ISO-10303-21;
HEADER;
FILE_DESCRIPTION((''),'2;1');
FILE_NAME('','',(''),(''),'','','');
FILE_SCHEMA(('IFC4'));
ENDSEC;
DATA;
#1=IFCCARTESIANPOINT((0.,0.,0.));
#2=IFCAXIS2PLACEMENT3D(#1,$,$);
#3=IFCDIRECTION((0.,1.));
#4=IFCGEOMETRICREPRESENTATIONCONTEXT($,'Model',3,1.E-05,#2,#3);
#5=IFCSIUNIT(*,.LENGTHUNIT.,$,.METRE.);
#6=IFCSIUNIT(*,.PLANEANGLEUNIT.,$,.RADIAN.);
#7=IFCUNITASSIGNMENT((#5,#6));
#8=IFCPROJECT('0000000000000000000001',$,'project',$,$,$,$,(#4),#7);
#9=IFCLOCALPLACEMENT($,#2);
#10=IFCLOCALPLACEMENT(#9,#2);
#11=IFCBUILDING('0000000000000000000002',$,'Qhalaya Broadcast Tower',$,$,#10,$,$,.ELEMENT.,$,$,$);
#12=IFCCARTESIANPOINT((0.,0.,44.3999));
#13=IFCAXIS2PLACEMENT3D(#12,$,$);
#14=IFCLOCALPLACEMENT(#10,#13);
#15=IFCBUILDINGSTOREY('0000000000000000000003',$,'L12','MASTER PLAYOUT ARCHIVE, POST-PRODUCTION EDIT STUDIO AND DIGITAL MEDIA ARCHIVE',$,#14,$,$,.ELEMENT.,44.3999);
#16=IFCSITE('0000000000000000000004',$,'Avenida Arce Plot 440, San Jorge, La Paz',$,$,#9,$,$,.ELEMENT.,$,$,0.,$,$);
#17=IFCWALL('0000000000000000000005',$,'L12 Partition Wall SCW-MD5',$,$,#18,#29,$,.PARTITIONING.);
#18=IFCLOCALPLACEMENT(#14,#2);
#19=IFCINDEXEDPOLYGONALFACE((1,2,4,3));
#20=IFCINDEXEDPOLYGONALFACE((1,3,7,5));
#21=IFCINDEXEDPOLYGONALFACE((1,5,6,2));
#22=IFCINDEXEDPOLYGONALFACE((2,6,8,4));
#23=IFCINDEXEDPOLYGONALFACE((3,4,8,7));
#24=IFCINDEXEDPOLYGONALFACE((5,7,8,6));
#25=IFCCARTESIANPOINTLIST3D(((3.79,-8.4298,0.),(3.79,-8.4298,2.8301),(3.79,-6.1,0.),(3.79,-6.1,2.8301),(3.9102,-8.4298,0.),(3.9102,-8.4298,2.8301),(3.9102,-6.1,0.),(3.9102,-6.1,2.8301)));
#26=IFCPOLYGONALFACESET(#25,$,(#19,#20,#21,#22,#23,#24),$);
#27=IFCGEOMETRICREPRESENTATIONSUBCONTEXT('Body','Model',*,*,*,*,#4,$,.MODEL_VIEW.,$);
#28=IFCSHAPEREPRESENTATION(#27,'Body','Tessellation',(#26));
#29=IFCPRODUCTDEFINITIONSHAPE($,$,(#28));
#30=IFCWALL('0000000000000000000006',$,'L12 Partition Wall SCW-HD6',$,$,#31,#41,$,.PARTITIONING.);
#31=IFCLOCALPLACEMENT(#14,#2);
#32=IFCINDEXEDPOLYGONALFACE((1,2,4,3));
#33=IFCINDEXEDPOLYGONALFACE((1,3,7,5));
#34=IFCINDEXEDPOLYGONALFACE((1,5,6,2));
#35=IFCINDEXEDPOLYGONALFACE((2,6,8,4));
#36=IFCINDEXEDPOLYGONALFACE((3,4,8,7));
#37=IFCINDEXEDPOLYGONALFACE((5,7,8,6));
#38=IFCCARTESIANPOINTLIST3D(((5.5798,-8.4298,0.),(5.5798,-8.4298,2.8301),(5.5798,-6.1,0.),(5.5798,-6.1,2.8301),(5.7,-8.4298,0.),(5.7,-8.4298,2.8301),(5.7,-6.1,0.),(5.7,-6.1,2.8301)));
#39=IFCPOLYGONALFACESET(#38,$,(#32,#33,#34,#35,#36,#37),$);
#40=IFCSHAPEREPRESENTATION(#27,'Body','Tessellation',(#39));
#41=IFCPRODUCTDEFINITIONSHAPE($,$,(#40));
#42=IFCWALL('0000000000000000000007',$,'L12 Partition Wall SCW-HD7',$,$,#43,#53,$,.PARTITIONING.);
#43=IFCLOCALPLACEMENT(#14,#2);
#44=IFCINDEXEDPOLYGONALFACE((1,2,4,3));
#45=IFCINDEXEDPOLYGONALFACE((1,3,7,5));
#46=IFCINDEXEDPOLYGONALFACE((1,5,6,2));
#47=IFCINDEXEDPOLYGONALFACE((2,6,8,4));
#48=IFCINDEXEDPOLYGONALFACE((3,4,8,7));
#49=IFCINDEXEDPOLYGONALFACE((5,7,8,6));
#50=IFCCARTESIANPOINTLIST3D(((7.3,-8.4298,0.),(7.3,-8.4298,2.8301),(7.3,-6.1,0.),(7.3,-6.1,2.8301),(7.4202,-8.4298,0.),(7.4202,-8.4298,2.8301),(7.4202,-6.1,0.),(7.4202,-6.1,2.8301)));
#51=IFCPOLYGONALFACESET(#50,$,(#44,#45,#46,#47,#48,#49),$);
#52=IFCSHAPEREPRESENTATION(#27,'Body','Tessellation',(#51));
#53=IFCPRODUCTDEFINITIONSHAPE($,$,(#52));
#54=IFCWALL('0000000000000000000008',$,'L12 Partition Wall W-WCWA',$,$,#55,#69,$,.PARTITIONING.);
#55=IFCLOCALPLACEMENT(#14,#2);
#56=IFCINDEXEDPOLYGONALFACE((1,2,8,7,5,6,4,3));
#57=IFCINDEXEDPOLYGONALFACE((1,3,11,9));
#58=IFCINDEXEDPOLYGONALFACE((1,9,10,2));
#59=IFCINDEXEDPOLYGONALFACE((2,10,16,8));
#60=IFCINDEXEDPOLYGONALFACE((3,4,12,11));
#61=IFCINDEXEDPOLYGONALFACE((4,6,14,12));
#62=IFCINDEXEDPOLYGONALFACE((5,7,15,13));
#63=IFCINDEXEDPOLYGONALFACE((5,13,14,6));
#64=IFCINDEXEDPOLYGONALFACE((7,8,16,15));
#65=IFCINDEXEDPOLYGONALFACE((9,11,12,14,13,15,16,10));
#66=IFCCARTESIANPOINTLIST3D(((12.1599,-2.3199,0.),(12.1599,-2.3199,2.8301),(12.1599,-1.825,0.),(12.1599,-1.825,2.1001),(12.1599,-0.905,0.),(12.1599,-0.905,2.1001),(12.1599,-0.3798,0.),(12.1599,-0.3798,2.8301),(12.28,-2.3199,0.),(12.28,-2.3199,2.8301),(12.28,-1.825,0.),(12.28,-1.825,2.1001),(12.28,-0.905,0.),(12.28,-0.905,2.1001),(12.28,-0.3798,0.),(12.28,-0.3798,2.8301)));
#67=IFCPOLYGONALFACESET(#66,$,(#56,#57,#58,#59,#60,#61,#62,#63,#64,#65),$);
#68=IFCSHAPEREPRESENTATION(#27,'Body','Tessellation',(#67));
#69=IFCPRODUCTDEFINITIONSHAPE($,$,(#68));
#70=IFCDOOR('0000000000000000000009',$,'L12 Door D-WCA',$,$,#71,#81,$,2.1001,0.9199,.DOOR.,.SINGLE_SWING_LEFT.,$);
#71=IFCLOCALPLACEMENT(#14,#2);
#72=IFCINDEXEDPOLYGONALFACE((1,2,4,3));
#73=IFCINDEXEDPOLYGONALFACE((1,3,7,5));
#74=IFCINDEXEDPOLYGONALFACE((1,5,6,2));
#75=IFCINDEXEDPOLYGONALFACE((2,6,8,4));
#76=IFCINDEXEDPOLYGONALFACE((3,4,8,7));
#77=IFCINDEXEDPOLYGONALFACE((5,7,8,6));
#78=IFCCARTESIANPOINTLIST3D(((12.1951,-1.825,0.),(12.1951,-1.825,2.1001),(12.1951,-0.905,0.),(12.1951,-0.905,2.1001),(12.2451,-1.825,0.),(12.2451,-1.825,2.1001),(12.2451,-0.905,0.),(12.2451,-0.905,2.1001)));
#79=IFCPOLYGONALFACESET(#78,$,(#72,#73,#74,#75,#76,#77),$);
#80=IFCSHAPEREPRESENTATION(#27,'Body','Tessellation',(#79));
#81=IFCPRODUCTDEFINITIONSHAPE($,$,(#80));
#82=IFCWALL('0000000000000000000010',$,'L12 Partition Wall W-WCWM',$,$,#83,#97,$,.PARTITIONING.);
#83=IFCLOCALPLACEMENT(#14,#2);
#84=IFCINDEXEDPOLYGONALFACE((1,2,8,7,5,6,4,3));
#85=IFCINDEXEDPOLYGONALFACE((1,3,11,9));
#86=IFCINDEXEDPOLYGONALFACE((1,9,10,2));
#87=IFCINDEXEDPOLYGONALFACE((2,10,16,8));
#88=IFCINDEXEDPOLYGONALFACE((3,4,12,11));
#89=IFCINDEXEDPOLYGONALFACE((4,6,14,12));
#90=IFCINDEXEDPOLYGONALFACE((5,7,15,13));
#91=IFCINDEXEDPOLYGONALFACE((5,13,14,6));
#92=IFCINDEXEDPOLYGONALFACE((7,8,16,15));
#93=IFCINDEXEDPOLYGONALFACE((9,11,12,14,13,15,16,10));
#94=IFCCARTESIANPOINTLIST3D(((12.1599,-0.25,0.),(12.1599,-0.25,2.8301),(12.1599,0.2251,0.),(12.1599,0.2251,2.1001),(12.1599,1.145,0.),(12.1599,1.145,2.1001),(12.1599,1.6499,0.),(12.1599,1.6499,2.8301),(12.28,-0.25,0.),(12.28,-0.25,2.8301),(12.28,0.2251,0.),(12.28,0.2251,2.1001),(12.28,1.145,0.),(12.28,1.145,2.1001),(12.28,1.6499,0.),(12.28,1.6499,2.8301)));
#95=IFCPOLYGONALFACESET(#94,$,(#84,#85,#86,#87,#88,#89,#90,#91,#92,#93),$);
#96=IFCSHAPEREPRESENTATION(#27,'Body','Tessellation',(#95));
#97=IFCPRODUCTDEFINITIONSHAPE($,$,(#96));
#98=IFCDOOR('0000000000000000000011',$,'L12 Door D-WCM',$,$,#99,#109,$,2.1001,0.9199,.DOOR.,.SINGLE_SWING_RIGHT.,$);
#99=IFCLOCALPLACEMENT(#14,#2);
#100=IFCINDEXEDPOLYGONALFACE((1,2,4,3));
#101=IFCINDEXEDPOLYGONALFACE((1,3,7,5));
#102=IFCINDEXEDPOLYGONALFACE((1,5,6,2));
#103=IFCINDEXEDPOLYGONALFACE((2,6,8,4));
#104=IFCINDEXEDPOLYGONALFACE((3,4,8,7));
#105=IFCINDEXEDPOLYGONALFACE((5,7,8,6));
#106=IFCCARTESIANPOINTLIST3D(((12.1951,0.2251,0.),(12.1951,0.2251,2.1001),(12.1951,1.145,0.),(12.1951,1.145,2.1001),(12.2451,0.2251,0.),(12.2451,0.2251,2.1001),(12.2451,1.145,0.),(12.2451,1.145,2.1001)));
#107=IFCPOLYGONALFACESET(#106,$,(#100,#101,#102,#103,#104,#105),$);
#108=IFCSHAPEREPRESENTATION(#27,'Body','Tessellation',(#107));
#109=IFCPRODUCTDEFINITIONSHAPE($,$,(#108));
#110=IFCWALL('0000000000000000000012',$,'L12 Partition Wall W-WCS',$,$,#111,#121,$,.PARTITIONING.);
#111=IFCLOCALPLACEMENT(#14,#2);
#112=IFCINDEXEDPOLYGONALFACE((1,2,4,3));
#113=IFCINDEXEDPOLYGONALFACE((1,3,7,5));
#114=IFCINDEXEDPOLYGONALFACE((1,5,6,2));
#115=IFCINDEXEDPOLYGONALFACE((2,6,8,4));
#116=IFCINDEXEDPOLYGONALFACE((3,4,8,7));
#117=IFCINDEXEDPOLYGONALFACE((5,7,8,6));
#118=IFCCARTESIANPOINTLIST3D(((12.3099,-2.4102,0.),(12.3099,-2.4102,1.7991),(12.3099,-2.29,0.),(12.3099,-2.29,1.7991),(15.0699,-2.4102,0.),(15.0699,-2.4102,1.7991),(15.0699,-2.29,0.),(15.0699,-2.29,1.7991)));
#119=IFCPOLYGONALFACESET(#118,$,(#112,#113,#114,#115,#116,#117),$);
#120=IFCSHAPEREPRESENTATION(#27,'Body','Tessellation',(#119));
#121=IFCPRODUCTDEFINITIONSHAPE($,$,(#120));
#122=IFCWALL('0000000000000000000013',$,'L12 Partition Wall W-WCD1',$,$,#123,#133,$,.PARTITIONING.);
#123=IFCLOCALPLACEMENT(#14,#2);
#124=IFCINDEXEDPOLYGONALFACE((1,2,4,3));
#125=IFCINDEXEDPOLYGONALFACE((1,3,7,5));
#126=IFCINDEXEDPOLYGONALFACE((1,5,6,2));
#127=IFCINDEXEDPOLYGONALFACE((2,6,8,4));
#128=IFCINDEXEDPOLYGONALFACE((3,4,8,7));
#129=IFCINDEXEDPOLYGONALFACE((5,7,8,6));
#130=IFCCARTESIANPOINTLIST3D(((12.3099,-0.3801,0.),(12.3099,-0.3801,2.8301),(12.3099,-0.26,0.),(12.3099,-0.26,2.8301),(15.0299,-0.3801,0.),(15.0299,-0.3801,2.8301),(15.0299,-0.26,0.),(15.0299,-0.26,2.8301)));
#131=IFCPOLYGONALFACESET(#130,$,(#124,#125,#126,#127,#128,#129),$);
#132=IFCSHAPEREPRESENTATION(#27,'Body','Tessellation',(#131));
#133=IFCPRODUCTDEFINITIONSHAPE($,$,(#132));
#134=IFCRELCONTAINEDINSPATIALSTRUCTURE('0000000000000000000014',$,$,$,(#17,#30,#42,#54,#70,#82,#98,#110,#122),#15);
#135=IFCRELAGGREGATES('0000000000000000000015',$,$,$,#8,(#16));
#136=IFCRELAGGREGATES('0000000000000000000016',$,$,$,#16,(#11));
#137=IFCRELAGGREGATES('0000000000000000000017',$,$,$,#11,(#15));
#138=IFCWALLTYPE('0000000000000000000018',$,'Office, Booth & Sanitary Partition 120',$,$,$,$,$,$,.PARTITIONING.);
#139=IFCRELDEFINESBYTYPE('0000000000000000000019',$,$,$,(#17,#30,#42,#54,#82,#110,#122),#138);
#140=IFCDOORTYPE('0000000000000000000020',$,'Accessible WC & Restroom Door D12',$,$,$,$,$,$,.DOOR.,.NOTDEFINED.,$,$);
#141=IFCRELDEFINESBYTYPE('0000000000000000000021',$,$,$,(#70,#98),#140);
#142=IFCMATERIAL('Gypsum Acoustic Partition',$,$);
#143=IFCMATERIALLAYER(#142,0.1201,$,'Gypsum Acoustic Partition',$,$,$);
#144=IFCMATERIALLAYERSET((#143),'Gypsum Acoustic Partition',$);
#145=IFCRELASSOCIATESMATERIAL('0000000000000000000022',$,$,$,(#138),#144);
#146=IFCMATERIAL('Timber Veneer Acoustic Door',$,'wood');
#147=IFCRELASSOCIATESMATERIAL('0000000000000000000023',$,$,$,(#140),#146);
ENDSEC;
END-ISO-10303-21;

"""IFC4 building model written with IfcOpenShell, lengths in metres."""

from ifc_helpers import new_model, si_unit, direction, frame, frame_2d, origin, place, context, subcontext, project, spatial, rectangle, extrude, material, layer, layer_set, type_object, element, fill, save


model = new_model("IFC4")

# Units and contexts
model_context = context("Model", 3, precision=1e-05, world=origin(), true_north=direction((0.0, 1.0)))
body_context = subcontext(model_context, "Body", "Model", "MODEL_VIEW")
ifc_project = project(units=[si_unit("LENGTHUNIT", "METRE"), si_unit("PLANEANGLEUNIT", "RADIAN")], contexts=[model_context])

# Site, building, storey
site_placement = place(None, origin())
site = spatial("IfcSite", under=ifc_project, at=site_placement, Name="Avenida Arce Plot 440, San Jorge, La Paz", CompositionType="ELEMENT", RefElevation=0.0)
building_placement = place(site_placement, origin())
building = spatial("IfcBuilding", under=site, at=building_placement, Name="Qhalaya Broadcast Tower", CompositionType="ELEMENT")
storey_placement = place(building_placement, frame((0.0, 0.0, 44.3999)))
storey = spatial("IfcBuildingStorey", under=building, at=storey_placement, Name="L12", Description="MASTER PLAYOUT ARCHIVE, POST-PRODUCTION EDIT STUDIO AND DIGITAL MEDIA ARCHIVE", CompositionType="ELEMENT", Elevation=44.3999)

# Shared definitions
ifc_material_1 = material(Name="Gypsum Acoustic Partition")
ifc_material_2 = material(Name="Timber Veneer Acoustic Door", Category="wood")

# Walls
ifc_layer_1 = layer(ifc_material_1, 0.1201, Name="Gypsum Acoustic Partition")
ifc_layer_set_1 = layer_set([ifc_layer_1], Name="Gypsum Acoustic Partition")
wall_type_1 = type_object("IfcWallType", Name="Office, Booth & Sanitary Partition 120", PredefinedType="PARTITIONING", material=ifc_layer_set_1)
for number, where, z_axis, x_axis, name in (
    (1, (3.8501, -8.4299, 0.0), (0.0, 0.0, 1.0), (0.0, 1.0, 0.0), "L12 Partition Wall SCW-MD5"),
    (2, (5.6399, -8.4299, 0.0), (0.0, 0.0, 1.0), (0.0, 1.0, 0.0), "L12 Partition Wall SCW-HD6"),
    (3, (7.3601, -8.4299, 0.0), (0.0, 0.0, 1.0), (0.0, 1.0, 0.0), "L12 Partition Wall SCW-HD7"),
):
    element("IfcWall", number, at=place(storey_placement, frame(where, z_axis=z_axis, x_axis=x_axis)), inside=storey, type_object=wall_type_1, Name=name, PredefinedType="PARTITIONING", context=body_context, shape_type="SweptSolid", body=[
        extrude(rectangle(XDim=2.3298, YDim=0.1201, at=frame_2d((1.165, 0.0))), origin(), (0.0, 0.0, 1.0), 2.8301),
    ])

# Walls, openings, doors
wall_1_placement = place(storey_placement, frame((12.22, -2.3201, 0.0), z_axis=(0.0, 0.0, 1.0), x_axis=(0.0, 1.0, 0.0)))
wall_1 = element("IfcWall", 4, at=wall_1_placement, inside=storey, type_object=wall_type_1, Name="L12 Partition Wall W-WCWA", PredefinedType="PARTITIONING", context=body_context, shape_type="SweptSolid", body=[
    extrude(rectangle(XDim=1.9402, YDim=0.1201, at=frame_2d((0.9702, 0.0))), origin(), (0.0, 0.0, 1.0), 2.8301),
])
opening_1_placement = place(wall_1_placement, frame((0.4951, 0.0, 0.0)))
opening_1 = element("IfcOpeningElement", 5, at=opening_1_placement, cuts=wall_1, PredefinedType="OPENING", context=body_context, shape_type="SweptSolid", body=[
    extrude(rectangle(XDim=0.9199, YDim=2.1001, at=frame_2d((0.46, 1.05))), frame((0.0, 0.072, 0.0), z_axis=(0.0, -1.0, 0.0), x_axis=(1.0, 0.0, 0.0)), (0.0, 0.0, 1.0), 0.144),
])
door_type_1 = type_object("IfcDoorType", Name="Accessible WC & Restroom Door D12", OperationType="NOTDEFINED", PredefinedType="DOOR", material=ifc_material_2)
door_1_placement = place(opening_1_placement, origin())
door_1 = element("IfcDoor", 6, at=door_1_placement, inside=storey, type_object=door_type_1, Name="L12 Door D-WCA", OperationType="SINGLE_SWING_LEFT", OverallHeight=2.1001, OverallWidth=0.9199, PredefinedType="DOOR", context=body_context, shape_type="SweptSolid", body=[
    extrude(rectangle(XDim=0.9199, YDim=2.1001, at=frame_2d((0.46, 1.05))), frame((0.0, 0.0249, 0.0), z_axis=(0.0, -1.0, 0.0), x_axis=(1.0, 0.0, 0.0)), (0.0, 0.0, 1.0), 0.05),
])
fill(opening_1, door_1)
wall_2_placement = place(storey_placement, frame((12.22, -0.25, 0.0), z_axis=(0.0, 0.0, 1.0), x_axis=(0.0, 1.0, 0.0)))
wall_2 = element("IfcWall", 7, at=wall_2_placement, inside=storey, type_object=wall_type_1, Name="L12 Partition Wall W-WCWM", PredefinedType="PARTITIONING", context=body_context, shape_type="SweptSolid", body=[
    extrude(rectangle(XDim=1.8999, YDim=0.1201, at=frame_2d((0.95, 0.0))), origin(), (0.0, 0.0, 1.0), 2.8301),
])
opening_2_placement = place(wall_2_placement, frame((0.4751, 0.0, 0.0)))
opening_2 = element("IfcOpeningElement", 8, at=opening_2_placement, cuts=wall_2, PredefinedType="OPENING", context=body_context, shape_type="SweptSolid", body=[
    extrude(rectangle(XDim=0.9199, YDim=2.1001, at=frame_2d((0.46, 1.05))), frame((0.0, 0.072, 0.0), z_axis=(0.0, -1.0, 0.0), x_axis=(1.0, 0.0, 0.0)), (0.0, 0.0, 1.0), 0.144),
])
door_2_placement = place(opening_2_placement, origin())
door_2 = element("IfcDoor", 9, at=door_2_placement, inside=storey, type_object=door_type_1, Name="L12 Door D-WCM", OperationType="SINGLE_SWING_RIGHT", OverallHeight=2.1001, OverallWidth=0.9199, PredefinedType="DOOR", context=body_context, shape_type="SweptSolid", body=[
    extrude(rectangle(XDim=0.9199, YDim=2.1001, at=frame_2d((0.46, 1.05))), frame((0.0, 0.0249, 0.0), z_axis=(0.0, -1.0, 0.0), x_axis=(1.0, 0.0, 0.0)), (0.0, 0.0, 1.0), 0.05),
])
fill(opening_2, door_2)

# Walls
wall_3_placement = place(storey_placement, frame((12.3101, -2.3501, 0.0), z_axis=(0.0, 0.0, 1.0), x_axis=(1.0, 0.0, 0.0)))
element("IfcWall", 10, at=wall_3_placement, inside=storey, type_object=wall_type_1, Name="L12 Partition Wall W-WCS", PredefinedType="PARTITIONING", context=body_context, shape_type="SweptSolid", body=[
    extrude(rectangle(XDim=2.76, YDim=0.1201, at=frame_2d((1.3799, 0.0))), origin(), (0.0, 0.0, 1.0), 1.7991),
])
wall_4_placement = place(storey_placement, frame((12.3101, -0.3201, 0.0), z_axis=(0.0, 0.0, 1.0), x_axis=(1.0, 0.0, 0.0)))
element("IfcWall", 11, at=wall_4_placement, inside=storey, type_object=wall_type_1, Name="L12 Partition Wall W-WCD1", PredefinedType="PARTITIONING", context=body_context, shape_type="SweptSolid", body=[
    extrude(rectangle(XDim=2.72, YDim=0.1201, at=frame_2d((1.3599, 0.0))), origin(), (0.0, 0.0, 1.0), 2.8301),
])

save(model, "model.ifc")
